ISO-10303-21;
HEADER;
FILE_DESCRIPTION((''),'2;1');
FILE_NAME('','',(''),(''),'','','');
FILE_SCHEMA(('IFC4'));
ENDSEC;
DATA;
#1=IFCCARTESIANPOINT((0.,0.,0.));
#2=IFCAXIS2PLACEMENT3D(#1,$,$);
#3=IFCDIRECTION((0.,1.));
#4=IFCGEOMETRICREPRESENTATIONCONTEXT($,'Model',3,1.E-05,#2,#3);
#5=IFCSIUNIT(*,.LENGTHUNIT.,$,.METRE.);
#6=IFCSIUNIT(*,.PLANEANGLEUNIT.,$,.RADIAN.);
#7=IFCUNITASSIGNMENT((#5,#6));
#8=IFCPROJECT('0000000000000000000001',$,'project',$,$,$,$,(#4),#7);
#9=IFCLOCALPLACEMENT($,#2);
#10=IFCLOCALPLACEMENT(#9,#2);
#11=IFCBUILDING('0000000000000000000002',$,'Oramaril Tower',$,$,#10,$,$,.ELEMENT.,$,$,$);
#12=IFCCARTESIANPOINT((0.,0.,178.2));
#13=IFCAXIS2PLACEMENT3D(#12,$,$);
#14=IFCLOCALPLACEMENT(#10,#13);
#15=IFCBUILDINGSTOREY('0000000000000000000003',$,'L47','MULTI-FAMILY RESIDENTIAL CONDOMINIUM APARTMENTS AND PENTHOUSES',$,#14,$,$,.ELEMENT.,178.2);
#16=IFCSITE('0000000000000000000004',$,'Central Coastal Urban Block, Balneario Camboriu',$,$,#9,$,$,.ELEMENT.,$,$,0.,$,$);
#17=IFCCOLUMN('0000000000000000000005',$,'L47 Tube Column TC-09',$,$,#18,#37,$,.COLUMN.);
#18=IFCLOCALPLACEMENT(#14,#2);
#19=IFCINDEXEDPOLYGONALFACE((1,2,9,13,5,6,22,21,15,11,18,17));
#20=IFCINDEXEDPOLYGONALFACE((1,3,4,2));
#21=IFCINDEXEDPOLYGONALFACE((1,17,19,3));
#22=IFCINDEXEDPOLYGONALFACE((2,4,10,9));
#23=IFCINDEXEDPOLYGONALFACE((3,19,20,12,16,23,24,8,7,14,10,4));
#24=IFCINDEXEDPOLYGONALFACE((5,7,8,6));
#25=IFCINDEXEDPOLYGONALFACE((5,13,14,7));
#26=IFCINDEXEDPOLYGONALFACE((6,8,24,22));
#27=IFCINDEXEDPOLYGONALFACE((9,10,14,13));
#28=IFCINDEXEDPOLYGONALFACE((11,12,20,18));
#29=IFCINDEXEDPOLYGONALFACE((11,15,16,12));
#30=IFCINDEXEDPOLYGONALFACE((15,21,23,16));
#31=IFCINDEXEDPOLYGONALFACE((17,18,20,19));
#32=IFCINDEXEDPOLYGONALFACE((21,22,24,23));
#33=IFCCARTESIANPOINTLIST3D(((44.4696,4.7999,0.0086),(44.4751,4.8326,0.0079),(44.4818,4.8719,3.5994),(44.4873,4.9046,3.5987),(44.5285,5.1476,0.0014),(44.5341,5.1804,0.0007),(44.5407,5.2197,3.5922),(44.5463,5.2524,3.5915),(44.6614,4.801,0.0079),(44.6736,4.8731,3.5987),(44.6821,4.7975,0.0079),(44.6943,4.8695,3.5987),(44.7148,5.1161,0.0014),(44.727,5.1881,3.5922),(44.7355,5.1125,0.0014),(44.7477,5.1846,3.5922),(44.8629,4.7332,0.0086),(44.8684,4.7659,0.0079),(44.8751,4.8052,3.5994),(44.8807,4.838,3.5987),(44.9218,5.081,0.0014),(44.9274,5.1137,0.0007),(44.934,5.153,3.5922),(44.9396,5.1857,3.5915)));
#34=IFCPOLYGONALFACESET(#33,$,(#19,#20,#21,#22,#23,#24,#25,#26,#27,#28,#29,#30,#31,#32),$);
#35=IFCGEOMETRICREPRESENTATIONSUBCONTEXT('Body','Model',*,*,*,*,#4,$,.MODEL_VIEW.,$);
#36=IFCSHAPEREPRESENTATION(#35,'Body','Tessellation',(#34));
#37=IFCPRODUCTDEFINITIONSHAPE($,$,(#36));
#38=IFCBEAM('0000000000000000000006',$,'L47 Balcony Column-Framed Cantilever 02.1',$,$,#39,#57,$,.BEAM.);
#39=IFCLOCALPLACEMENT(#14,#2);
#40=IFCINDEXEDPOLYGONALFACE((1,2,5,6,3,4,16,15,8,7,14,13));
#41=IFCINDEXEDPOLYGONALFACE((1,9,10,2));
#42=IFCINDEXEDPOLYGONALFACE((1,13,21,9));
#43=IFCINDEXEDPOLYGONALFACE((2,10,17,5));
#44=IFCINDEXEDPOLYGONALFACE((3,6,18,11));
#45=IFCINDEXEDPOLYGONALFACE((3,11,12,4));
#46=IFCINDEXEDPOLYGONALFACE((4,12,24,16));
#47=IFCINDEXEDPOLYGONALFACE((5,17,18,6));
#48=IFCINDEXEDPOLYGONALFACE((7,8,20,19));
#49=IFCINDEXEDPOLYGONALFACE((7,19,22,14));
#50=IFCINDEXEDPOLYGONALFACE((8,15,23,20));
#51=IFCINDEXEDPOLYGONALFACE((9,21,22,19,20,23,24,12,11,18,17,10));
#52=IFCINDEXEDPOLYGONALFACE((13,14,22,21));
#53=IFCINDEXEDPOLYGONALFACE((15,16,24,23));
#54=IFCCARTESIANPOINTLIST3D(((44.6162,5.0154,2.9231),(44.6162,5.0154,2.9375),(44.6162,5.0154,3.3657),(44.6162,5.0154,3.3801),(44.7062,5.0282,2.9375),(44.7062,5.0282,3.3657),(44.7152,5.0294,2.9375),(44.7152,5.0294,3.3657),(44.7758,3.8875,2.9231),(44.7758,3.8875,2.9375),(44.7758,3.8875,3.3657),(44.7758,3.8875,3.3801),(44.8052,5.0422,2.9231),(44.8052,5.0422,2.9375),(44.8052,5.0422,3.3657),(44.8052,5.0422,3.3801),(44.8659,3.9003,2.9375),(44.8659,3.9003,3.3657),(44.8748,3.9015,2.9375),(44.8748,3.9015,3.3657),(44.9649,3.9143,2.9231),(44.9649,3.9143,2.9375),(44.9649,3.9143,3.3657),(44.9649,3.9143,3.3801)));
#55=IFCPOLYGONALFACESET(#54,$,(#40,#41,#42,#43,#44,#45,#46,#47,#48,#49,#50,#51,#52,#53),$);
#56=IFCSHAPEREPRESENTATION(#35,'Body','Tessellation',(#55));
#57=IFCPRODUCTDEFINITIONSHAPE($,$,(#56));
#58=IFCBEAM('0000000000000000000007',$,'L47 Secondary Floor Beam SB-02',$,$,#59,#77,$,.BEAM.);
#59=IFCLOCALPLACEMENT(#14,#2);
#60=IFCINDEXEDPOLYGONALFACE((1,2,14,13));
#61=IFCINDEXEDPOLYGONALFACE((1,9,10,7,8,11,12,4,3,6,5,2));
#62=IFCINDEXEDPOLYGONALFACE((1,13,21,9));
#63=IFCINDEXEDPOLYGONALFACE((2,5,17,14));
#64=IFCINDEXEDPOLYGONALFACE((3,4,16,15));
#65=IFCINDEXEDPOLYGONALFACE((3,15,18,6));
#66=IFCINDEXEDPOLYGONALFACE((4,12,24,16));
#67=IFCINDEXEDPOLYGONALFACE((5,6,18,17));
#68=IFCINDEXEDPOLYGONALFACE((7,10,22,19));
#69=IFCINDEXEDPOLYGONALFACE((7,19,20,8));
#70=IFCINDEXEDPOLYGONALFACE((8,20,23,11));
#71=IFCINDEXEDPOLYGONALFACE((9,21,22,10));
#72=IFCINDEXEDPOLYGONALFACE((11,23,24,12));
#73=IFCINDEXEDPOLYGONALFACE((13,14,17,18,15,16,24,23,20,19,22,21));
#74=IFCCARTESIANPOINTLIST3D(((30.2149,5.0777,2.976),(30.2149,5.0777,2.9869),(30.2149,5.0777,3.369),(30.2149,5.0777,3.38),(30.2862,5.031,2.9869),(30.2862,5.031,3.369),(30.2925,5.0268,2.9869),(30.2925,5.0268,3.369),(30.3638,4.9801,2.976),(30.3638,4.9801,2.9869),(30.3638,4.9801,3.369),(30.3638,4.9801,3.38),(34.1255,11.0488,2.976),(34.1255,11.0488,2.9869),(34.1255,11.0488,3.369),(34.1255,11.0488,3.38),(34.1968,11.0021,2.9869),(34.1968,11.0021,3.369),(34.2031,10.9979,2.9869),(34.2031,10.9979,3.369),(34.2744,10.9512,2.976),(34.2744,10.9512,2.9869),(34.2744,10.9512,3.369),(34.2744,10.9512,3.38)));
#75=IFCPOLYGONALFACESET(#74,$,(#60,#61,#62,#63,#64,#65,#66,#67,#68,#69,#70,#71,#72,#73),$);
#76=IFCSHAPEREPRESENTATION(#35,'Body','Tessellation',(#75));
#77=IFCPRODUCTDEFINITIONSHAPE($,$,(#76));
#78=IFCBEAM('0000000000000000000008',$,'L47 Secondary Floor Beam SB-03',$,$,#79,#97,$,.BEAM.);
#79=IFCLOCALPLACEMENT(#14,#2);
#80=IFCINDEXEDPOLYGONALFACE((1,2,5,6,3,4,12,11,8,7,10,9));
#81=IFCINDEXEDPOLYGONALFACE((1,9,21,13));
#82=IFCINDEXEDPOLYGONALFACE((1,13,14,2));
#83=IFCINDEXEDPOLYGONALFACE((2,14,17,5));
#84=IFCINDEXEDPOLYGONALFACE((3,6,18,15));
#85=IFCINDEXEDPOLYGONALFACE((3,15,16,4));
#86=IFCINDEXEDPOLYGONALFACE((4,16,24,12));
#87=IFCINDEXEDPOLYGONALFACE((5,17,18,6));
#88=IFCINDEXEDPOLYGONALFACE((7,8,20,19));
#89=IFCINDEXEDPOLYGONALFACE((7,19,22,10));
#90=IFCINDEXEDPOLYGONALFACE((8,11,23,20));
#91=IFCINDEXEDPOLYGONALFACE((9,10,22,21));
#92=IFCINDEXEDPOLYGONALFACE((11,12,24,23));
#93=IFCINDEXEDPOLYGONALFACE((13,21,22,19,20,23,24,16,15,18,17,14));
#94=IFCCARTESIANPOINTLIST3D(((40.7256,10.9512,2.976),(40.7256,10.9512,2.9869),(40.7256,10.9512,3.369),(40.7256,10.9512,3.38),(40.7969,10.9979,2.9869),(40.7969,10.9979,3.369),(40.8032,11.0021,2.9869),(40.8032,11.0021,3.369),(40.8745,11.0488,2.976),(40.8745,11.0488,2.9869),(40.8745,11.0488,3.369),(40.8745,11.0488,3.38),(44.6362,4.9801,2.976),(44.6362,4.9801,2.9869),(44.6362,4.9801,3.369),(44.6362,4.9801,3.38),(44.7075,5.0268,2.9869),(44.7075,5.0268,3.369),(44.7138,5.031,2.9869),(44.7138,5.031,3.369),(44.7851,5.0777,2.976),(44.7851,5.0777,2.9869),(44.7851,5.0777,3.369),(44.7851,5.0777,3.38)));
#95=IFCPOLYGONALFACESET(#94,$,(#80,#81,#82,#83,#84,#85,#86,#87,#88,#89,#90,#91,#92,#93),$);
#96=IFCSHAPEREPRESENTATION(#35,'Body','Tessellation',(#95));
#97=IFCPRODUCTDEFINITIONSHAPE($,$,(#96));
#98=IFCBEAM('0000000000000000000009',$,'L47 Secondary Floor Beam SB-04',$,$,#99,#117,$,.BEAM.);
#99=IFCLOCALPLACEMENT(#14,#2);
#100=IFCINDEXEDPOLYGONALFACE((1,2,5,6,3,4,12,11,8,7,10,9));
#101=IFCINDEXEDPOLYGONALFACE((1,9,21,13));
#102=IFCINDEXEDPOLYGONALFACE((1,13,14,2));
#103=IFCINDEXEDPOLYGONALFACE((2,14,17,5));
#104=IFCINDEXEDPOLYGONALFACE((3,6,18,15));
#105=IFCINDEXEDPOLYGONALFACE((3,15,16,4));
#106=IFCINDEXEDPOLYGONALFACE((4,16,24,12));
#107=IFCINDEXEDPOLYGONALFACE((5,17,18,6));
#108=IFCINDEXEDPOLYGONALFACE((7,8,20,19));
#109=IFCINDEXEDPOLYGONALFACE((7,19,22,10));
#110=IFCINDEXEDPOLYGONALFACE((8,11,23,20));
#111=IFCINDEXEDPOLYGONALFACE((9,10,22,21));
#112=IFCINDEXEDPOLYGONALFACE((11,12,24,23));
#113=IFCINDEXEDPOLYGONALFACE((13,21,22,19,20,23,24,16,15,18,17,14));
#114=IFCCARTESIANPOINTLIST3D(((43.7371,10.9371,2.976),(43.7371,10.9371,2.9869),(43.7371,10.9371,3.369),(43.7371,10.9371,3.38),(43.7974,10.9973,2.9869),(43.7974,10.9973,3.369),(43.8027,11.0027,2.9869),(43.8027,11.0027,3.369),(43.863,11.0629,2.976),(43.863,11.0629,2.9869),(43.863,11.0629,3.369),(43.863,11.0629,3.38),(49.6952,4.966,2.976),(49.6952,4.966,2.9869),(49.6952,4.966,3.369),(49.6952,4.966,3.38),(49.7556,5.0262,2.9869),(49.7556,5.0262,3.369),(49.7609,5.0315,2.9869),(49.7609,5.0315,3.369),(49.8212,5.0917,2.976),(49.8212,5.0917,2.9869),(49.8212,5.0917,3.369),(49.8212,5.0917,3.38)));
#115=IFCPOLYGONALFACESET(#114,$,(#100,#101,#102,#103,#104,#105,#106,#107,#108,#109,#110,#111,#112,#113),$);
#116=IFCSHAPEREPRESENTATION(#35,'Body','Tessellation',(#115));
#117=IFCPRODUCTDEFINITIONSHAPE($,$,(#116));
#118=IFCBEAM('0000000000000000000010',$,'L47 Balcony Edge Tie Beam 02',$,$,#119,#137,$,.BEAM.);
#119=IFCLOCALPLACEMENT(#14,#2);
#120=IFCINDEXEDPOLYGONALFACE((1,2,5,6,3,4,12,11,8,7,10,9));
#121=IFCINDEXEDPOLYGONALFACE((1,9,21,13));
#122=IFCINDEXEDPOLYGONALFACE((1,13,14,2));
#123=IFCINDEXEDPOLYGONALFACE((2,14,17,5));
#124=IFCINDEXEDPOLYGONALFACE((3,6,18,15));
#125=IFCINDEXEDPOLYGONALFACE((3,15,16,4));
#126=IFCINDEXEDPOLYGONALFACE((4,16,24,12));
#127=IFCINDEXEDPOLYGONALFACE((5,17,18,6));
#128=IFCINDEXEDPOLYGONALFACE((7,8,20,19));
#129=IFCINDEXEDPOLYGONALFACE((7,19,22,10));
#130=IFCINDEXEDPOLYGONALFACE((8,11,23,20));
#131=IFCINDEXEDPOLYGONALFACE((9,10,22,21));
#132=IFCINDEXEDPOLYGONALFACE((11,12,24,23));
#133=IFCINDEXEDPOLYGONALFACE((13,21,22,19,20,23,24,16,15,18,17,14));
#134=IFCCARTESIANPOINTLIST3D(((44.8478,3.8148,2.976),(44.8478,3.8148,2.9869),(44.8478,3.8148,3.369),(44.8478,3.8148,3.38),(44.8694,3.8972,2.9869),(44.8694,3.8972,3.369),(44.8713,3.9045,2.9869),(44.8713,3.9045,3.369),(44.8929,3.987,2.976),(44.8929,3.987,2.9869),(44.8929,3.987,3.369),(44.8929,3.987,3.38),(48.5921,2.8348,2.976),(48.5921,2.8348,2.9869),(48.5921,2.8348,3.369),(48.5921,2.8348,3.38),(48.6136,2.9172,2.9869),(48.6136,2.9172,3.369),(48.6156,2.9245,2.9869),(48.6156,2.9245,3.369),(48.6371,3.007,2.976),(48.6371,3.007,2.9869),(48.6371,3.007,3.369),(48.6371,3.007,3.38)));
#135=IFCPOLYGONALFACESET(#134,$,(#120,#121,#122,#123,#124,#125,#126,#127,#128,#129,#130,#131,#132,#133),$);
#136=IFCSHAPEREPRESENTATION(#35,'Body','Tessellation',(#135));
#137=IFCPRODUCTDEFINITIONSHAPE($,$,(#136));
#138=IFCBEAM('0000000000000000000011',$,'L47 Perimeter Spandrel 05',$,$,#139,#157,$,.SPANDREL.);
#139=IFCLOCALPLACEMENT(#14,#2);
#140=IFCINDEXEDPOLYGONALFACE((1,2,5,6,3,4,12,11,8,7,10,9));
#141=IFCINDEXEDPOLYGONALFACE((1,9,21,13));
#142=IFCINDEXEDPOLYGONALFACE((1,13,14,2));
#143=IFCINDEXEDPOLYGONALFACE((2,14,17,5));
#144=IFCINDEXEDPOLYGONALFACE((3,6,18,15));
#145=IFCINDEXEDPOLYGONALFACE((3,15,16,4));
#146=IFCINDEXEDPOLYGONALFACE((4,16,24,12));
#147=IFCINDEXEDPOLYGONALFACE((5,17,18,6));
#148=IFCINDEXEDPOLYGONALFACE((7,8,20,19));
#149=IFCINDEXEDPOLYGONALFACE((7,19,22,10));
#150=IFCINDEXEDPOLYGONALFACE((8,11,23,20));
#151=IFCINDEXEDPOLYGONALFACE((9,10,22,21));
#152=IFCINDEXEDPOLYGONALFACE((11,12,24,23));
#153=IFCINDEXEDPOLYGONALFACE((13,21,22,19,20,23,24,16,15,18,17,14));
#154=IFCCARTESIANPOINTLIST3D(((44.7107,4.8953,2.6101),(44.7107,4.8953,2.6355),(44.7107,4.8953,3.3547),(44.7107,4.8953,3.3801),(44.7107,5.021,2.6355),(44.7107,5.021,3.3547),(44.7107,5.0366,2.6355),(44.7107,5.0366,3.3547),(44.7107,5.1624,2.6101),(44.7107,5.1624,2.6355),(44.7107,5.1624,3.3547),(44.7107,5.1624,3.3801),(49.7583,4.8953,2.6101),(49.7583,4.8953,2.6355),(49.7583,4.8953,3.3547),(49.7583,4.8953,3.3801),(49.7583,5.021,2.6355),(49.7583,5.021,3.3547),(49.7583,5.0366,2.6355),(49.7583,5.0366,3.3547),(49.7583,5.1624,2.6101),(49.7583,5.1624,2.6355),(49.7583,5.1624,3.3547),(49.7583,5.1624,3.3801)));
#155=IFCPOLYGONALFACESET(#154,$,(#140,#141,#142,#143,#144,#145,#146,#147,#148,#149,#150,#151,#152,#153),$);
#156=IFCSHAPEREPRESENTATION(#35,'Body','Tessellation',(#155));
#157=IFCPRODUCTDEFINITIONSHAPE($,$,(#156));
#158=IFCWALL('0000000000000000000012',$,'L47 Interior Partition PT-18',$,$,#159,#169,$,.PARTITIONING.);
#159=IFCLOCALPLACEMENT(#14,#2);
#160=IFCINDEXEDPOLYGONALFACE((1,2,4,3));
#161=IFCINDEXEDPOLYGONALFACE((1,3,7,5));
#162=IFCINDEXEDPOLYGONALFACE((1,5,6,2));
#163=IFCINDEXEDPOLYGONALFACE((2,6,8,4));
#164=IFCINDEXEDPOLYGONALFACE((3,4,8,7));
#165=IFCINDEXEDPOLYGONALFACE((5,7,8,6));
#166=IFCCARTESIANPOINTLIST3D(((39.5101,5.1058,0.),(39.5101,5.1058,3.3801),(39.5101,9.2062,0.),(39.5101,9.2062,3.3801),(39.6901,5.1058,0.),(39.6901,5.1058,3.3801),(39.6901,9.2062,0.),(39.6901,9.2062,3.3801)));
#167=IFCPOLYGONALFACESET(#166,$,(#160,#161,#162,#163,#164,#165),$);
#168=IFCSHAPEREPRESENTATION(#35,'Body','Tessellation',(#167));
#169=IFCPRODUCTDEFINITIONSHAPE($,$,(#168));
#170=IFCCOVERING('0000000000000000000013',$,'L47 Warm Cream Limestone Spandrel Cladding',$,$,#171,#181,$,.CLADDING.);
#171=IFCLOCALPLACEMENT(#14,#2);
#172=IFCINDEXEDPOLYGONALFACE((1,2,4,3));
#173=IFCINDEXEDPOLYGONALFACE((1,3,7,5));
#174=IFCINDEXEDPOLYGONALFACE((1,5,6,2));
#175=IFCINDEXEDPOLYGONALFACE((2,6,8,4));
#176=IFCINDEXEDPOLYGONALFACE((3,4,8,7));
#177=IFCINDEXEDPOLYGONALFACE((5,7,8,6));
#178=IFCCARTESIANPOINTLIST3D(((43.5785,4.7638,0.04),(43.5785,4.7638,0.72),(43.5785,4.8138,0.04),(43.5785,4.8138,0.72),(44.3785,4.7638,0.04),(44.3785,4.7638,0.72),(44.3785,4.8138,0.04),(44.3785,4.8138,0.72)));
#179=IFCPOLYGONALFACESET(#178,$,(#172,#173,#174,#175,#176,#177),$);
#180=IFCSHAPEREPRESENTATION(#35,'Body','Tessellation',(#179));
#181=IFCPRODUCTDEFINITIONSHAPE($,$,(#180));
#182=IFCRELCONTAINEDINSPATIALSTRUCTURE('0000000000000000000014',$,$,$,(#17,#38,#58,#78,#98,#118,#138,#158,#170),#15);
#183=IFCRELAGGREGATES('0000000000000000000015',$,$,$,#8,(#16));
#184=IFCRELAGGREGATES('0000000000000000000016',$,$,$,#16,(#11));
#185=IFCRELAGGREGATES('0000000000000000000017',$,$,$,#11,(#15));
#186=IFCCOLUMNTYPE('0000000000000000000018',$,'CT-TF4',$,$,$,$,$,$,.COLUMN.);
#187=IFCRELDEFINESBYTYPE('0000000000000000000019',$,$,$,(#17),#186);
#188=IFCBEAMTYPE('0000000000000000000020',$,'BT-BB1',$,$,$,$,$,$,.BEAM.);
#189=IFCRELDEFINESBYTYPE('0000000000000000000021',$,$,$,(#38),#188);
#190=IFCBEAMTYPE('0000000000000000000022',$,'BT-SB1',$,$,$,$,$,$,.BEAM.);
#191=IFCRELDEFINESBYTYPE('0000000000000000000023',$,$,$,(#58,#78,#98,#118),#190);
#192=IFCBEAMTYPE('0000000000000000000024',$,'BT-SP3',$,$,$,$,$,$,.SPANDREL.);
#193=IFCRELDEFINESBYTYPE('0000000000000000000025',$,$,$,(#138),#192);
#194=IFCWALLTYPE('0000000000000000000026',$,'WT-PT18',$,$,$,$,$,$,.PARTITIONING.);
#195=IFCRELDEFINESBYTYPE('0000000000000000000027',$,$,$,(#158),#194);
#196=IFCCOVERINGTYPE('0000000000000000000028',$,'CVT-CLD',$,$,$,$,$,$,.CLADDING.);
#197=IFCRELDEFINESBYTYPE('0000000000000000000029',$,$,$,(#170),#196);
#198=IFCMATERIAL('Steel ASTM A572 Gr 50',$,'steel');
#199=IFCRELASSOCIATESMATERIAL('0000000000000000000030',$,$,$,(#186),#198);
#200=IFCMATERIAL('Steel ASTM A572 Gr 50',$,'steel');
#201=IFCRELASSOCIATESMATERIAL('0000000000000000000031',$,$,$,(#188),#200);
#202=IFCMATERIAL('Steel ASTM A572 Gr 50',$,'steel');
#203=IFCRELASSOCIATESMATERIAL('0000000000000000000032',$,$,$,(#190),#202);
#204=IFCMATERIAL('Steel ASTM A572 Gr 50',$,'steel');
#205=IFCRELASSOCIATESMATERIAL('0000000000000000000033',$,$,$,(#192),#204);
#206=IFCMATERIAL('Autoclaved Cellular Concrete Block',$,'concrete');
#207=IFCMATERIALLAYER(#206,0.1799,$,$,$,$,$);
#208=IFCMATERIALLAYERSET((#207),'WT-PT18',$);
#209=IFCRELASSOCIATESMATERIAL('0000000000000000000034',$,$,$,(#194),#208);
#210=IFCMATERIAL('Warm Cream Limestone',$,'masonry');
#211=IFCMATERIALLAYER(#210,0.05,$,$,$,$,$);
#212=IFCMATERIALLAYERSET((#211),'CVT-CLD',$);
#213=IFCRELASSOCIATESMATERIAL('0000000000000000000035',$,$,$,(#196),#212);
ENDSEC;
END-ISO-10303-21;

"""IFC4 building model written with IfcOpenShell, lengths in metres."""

from ifc_helpers import new_model, si_unit, direction, frame, frame_2d, origin, origin_2d, place, context, subcontext, project, spatial, rectangle, i_section, extrude, material, layer, layer_set, material_profile, profile_set, type_object, element, save


model = new_model("IFC4")

# Units and contexts
model_context = context("Model", 3, precision=1e-05, world=origin(), true_north=direction((0.0, 1.0)))
body_context = subcontext(model_context, "Body", "Model", "MODEL_VIEW")
ifc_project = project(units=[si_unit("LENGTHUNIT", "METRE"), si_unit("PLANEANGLEUNIT", "RADIAN")], contexts=[model_context])

# Site, building, storey
site_placement = place(None, origin())
site = spatial("IfcSite", under=ifc_project, at=site_placement, Name="Central Coastal Urban Block, Balneario Camboriu", CompositionType="ELEMENT", RefElevation=0.0)
building_placement = place(site_placement, origin())
building = spatial("IfcBuilding", under=site, at=building_placement, Name="Oramaril Tower", CompositionType="ELEMENT")
storey_placement = place(building_placement, frame((0.0, 0.0, 178.2)))
storey = spatial("IfcBuildingStorey", under=building, at=storey_placement, Name="L47", Description="MULTI-FAMILY RESIDENTIAL CONDOMINIUM APARTMENTS AND PENTHOUSES", CompositionType="ELEMENT", Elevation=178.2)

# Column
ifc_material_1 = material(Name="Steel ASTM A572 Gr 50", Category="steel")
ifc_material_profile_1 = material_profile(ifc_material_1, i_section(OverallWidth=0.3989, OverallDepth=0.386, WebThickness=0.021, FlangeThickness=0.0332, at=origin_2d()), Name="W14X176")
ifc_profile_set_1 = profile_set([ifc_material_profile_1], Name="Steel ASTM A572 Gr 50")
column_type = type_object("IfcColumnType", Name="CT-TF4", PredefinedType="COLUMN", material=ifc_profile_set_1)
column_placement = place(storey_placement, frame((44.6985, 4.9568, 0.0046), z_axis=(0.003399, 0.020053, 0.999793), x_axis=(-0.985939, 0.167108, 0.0)))
element("IfcColumn", 1, at=column_placement, inside=storey, type_object=column_type, Name="L47 Tube Column TC-09", PredefinedType="COLUMN", context=body_context, shape_type="SweptSolid", body=[
    extrude(i_section(OverallWidth=0.3989, OverallDepth=0.386, WebThickness=0.021, FlangeThickness=0.0332, at=origin_2d()), origin(), (0.0, 0.0, 1.0), 3.5916),
])

# Beams
ifc_material_2 = material(Name="Steel ASTM A572 Gr 50", Category="steel")
ifc_material_profile_2 = material_profile(ifc_material_2, i_section(OverallWidth=0.1909, OverallDepth=0.457, WebThickness=0.009, FlangeThickness=0.0144, at=origin_2d()), Name="W18X50")
ifc_profile_set_2 = profile_set([ifc_material_profile_2], Name="Steel ASTM A572 Gr 50")
beam_type_1 = type_object("IfcBeamType", Name="BT-BB1", PredefinedType="BEAM", material=ifc_profile_set_2)
beam_1_placement = place(storey_placement, frame((44.7107, 5.0288, 3.1516), z_axis=(0.140161, -0.990129, 0.0), x_axis=(0.990129, 0.140161, 0.0)))
element("IfcBeam", 2, at=beam_1_placement, inside=storey, type_object=beam_type_1, Name="L47 Balcony Column-Framed Cantilever 02.1", PredefinedType="BEAM", context=body_context, shape_type="SweptSolid", body=[
    extrude(i_section(OverallWidth=0.1909, OverallDepth=0.457, WebThickness=0.009, FlangeThickness=0.0144, at=origin_2d()), origin(), (0.0, 0.0, 1.0), 1.1392),
])
ifc_material_3 = material(Name="Steel ASTM A572 Gr 50", Category="steel")
ifc_material_profile_3 = material_profile(ifc_material_3, i_section(OverallWidth=0.178, OverallDepth=0.4041, WebThickness=0.0076, FlangeThickness=0.011, at=origin_2d()), Name="W16X36")
ifc_profile_set_3 = profile_set([ifc_material_profile_3], Name="Steel ASTM A572 Gr 50")
beam_type_2 = type_object("IfcBeamType", Name="BT-SB1", PredefinedType="BEAM", material=ifc_profile_set_3)
for number, where, z_axis, x_axis, name in (
    (3, (34.2, 11.0, 3.178), (-0.547878, -0.836558, 0.0), (0.836558, -0.547878, 0.0), "L47 Secondary Floor Beam SB-02"),
    (4, (40.8, 11.0, 3.178), (0.547878, -0.836558, 0.0), (0.836558, 0.547878, 0.0), "L47 Secondary Floor Beam SB-03"),
):
    element("IfcBeam", number, at=place(storey_placement, frame(where, z_axis=z_axis, x_axis=x_axis)), inside=storey, type_object=beam_type_2, Name=name, PredefinedType="BEAM", context=body_context, shape_type="SweptSolid", body=[
        extrude(i_section(OverallWidth=0.178, OverallDepth=0.4041, WebThickness=0.0076, FlangeThickness=0.011, at=origin_2d()), origin(), (0.0, 0.0, 1.0), 7.1377),
    ])
beam_2_placement = place(storey_placement, frame((43.8, 11.0, 3.178), z_axis=(0.706339, -0.707873, 0.0), x_axis=(0.707873, 0.706339, 0.0)))
element("IfcBeam", 5, at=beam_2_placement, inside=storey, type_object=beam_type_2, Name="L47 Secondary Floor Beam SB-04", PredefinedType="BEAM", context=body_context, shape_type="SweptSolid", body=[
    extrude(i_section(OverallWidth=0.178, OverallDepth=0.4041, WebThickness=0.0076, FlangeThickness=0.011, at=origin_2d()), origin(), (0.0, 0.0, 1.0), 8.4353),
])
beam_3_placement = place(storey_placement, frame((44.8704, 3.9009, 3.178), z_axis=(0.967412, -0.253208, 0.0), x_axis=(0.253208, 0.967412, 0.0)))
element("IfcBeam", 6, at=beam_3_placement, inside=storey, type_object=beam_type_2, Name="L47 Balcony Edge Tie Beam 02", PredefinedType="BEAM", context=body_context, shape_type="SweptSolid", body=[
    extrude(i_section(OverallWidth=0.178, OverallDepth=0.4041, WebThickness=0.0076, FlangeThickness=0.011, at=origin_2d()), origin(), (0.0, 0.0, 1.0), 3.8704),
])
ifc_material_4 = material(Name="Steel ASTM A572 Gr 50", Category="steel")
ifc_material_profile_4 = material_profile(ifc_material_4, i_section(OverallWidth=0.2671, OverallDepth=0.77, WebThickness=0.0156, FlangeThickness=0.0254, at=origin_2d()), Name="W30X132")
ifc_profile_set_4 = profile_set([ifc_material_profile_4], Name="Steel ASTM A572 Gr 50")
beam_type_3 = type_object("IfcBeamType", Name="BT-SP3", PredefinedType="SPANDREL", material=ifc_profile_set_4)
beam_4_placement = place(storey_placement, frame((44.7107, 5.0288, 2.9951), z_axis=(1.0, 0.0, 0.0), x_axis=(0.0, 1.0, 0.0)))
element("IfcBeam", 7, at=beam_4_placement, inside=storey, type_object=beam_type_3, Name="L47 Perimeter Spandrel 05", PredefinedType="SPANDREL", context=body_context, shape_type="SweptSolid", body=[
    extrude(i_section(OverallWidth=0.2671, OverallDepth=0.77, WebThickness=0.0156, FlangeThickness=0.0254, at=origin_2d()), origin(), (0.0, 0.0, 1.0), 5.0476),
])

# Wall
ifc_material_5 = material(Name="Autoclaved Cellular Concrete Block", Category="concrete")
ifc_layer_1 = layer(ifc_material_5, 0.1799)
ifc_layer_set_1 = layer_set([ifc_layer_1], Name="WT-PT18")
wall_type = type_object("IfcWallType", Name="WT-PT18", PredefinedType="PARTITIONING", material=ifc_layer_set_1)
wall_placement = place(storey_placement, frame((39.6001, 5.1057, 0.0), z_axis=(0.0, 0.0, 1.0), x_axis=(0.0, 1.0, 0.0)))
element("IfcWall", 8, at=wall_placement, inside=storey, type_object=wall_type, Name="L47 Interior Partition PT-18", PredefinedType="PARTITIONING", context=body_context, shape_type="SweptSolid", body=[
    extrude(rectangle(XDim=4.1003, YDim=0.1799, at=frame_2d((2.0503, 0.0))), origin(), (0.0, 0.0, 1.0), 3.3801),
])

# Covering
ifc_material_6 = material(Name="Warm Cream Limestone", Category="masonry")
ifc_layer_2 = layer(ifc_material_6, 0.05)
ifc_layer_set_2 = layer_set([ifc_layer_2], Name="CVT-CLD")
covering_type = type_object("IfcCoveringType", Name="CVT-CLD", PredefinedType="CLADDING", material=ifc_layer_set_2)
covering_placement = place(storey_placement, frame((43.9785, 4.7888, 0.04), z_axis=(0.0, 0.0, 1.0), x_axis=(1.0, 0.0, 0.0)))
element("IfcCovering", 9, at=covering_placement, inside=storey, type_object=covering_type, Name="L47 Warm Cream Limestone Spandrel Cladding", PredefinedType="CLADDING", context=body_context, shape_type="SweptSolid", body=[
    extrude(rectangle(XDim=0.8, YDim=0.05, at=origin_2d()), origin(), (0.0, 0.0, 1.0), 0.6799),
])

save(model, "model.ifc")
